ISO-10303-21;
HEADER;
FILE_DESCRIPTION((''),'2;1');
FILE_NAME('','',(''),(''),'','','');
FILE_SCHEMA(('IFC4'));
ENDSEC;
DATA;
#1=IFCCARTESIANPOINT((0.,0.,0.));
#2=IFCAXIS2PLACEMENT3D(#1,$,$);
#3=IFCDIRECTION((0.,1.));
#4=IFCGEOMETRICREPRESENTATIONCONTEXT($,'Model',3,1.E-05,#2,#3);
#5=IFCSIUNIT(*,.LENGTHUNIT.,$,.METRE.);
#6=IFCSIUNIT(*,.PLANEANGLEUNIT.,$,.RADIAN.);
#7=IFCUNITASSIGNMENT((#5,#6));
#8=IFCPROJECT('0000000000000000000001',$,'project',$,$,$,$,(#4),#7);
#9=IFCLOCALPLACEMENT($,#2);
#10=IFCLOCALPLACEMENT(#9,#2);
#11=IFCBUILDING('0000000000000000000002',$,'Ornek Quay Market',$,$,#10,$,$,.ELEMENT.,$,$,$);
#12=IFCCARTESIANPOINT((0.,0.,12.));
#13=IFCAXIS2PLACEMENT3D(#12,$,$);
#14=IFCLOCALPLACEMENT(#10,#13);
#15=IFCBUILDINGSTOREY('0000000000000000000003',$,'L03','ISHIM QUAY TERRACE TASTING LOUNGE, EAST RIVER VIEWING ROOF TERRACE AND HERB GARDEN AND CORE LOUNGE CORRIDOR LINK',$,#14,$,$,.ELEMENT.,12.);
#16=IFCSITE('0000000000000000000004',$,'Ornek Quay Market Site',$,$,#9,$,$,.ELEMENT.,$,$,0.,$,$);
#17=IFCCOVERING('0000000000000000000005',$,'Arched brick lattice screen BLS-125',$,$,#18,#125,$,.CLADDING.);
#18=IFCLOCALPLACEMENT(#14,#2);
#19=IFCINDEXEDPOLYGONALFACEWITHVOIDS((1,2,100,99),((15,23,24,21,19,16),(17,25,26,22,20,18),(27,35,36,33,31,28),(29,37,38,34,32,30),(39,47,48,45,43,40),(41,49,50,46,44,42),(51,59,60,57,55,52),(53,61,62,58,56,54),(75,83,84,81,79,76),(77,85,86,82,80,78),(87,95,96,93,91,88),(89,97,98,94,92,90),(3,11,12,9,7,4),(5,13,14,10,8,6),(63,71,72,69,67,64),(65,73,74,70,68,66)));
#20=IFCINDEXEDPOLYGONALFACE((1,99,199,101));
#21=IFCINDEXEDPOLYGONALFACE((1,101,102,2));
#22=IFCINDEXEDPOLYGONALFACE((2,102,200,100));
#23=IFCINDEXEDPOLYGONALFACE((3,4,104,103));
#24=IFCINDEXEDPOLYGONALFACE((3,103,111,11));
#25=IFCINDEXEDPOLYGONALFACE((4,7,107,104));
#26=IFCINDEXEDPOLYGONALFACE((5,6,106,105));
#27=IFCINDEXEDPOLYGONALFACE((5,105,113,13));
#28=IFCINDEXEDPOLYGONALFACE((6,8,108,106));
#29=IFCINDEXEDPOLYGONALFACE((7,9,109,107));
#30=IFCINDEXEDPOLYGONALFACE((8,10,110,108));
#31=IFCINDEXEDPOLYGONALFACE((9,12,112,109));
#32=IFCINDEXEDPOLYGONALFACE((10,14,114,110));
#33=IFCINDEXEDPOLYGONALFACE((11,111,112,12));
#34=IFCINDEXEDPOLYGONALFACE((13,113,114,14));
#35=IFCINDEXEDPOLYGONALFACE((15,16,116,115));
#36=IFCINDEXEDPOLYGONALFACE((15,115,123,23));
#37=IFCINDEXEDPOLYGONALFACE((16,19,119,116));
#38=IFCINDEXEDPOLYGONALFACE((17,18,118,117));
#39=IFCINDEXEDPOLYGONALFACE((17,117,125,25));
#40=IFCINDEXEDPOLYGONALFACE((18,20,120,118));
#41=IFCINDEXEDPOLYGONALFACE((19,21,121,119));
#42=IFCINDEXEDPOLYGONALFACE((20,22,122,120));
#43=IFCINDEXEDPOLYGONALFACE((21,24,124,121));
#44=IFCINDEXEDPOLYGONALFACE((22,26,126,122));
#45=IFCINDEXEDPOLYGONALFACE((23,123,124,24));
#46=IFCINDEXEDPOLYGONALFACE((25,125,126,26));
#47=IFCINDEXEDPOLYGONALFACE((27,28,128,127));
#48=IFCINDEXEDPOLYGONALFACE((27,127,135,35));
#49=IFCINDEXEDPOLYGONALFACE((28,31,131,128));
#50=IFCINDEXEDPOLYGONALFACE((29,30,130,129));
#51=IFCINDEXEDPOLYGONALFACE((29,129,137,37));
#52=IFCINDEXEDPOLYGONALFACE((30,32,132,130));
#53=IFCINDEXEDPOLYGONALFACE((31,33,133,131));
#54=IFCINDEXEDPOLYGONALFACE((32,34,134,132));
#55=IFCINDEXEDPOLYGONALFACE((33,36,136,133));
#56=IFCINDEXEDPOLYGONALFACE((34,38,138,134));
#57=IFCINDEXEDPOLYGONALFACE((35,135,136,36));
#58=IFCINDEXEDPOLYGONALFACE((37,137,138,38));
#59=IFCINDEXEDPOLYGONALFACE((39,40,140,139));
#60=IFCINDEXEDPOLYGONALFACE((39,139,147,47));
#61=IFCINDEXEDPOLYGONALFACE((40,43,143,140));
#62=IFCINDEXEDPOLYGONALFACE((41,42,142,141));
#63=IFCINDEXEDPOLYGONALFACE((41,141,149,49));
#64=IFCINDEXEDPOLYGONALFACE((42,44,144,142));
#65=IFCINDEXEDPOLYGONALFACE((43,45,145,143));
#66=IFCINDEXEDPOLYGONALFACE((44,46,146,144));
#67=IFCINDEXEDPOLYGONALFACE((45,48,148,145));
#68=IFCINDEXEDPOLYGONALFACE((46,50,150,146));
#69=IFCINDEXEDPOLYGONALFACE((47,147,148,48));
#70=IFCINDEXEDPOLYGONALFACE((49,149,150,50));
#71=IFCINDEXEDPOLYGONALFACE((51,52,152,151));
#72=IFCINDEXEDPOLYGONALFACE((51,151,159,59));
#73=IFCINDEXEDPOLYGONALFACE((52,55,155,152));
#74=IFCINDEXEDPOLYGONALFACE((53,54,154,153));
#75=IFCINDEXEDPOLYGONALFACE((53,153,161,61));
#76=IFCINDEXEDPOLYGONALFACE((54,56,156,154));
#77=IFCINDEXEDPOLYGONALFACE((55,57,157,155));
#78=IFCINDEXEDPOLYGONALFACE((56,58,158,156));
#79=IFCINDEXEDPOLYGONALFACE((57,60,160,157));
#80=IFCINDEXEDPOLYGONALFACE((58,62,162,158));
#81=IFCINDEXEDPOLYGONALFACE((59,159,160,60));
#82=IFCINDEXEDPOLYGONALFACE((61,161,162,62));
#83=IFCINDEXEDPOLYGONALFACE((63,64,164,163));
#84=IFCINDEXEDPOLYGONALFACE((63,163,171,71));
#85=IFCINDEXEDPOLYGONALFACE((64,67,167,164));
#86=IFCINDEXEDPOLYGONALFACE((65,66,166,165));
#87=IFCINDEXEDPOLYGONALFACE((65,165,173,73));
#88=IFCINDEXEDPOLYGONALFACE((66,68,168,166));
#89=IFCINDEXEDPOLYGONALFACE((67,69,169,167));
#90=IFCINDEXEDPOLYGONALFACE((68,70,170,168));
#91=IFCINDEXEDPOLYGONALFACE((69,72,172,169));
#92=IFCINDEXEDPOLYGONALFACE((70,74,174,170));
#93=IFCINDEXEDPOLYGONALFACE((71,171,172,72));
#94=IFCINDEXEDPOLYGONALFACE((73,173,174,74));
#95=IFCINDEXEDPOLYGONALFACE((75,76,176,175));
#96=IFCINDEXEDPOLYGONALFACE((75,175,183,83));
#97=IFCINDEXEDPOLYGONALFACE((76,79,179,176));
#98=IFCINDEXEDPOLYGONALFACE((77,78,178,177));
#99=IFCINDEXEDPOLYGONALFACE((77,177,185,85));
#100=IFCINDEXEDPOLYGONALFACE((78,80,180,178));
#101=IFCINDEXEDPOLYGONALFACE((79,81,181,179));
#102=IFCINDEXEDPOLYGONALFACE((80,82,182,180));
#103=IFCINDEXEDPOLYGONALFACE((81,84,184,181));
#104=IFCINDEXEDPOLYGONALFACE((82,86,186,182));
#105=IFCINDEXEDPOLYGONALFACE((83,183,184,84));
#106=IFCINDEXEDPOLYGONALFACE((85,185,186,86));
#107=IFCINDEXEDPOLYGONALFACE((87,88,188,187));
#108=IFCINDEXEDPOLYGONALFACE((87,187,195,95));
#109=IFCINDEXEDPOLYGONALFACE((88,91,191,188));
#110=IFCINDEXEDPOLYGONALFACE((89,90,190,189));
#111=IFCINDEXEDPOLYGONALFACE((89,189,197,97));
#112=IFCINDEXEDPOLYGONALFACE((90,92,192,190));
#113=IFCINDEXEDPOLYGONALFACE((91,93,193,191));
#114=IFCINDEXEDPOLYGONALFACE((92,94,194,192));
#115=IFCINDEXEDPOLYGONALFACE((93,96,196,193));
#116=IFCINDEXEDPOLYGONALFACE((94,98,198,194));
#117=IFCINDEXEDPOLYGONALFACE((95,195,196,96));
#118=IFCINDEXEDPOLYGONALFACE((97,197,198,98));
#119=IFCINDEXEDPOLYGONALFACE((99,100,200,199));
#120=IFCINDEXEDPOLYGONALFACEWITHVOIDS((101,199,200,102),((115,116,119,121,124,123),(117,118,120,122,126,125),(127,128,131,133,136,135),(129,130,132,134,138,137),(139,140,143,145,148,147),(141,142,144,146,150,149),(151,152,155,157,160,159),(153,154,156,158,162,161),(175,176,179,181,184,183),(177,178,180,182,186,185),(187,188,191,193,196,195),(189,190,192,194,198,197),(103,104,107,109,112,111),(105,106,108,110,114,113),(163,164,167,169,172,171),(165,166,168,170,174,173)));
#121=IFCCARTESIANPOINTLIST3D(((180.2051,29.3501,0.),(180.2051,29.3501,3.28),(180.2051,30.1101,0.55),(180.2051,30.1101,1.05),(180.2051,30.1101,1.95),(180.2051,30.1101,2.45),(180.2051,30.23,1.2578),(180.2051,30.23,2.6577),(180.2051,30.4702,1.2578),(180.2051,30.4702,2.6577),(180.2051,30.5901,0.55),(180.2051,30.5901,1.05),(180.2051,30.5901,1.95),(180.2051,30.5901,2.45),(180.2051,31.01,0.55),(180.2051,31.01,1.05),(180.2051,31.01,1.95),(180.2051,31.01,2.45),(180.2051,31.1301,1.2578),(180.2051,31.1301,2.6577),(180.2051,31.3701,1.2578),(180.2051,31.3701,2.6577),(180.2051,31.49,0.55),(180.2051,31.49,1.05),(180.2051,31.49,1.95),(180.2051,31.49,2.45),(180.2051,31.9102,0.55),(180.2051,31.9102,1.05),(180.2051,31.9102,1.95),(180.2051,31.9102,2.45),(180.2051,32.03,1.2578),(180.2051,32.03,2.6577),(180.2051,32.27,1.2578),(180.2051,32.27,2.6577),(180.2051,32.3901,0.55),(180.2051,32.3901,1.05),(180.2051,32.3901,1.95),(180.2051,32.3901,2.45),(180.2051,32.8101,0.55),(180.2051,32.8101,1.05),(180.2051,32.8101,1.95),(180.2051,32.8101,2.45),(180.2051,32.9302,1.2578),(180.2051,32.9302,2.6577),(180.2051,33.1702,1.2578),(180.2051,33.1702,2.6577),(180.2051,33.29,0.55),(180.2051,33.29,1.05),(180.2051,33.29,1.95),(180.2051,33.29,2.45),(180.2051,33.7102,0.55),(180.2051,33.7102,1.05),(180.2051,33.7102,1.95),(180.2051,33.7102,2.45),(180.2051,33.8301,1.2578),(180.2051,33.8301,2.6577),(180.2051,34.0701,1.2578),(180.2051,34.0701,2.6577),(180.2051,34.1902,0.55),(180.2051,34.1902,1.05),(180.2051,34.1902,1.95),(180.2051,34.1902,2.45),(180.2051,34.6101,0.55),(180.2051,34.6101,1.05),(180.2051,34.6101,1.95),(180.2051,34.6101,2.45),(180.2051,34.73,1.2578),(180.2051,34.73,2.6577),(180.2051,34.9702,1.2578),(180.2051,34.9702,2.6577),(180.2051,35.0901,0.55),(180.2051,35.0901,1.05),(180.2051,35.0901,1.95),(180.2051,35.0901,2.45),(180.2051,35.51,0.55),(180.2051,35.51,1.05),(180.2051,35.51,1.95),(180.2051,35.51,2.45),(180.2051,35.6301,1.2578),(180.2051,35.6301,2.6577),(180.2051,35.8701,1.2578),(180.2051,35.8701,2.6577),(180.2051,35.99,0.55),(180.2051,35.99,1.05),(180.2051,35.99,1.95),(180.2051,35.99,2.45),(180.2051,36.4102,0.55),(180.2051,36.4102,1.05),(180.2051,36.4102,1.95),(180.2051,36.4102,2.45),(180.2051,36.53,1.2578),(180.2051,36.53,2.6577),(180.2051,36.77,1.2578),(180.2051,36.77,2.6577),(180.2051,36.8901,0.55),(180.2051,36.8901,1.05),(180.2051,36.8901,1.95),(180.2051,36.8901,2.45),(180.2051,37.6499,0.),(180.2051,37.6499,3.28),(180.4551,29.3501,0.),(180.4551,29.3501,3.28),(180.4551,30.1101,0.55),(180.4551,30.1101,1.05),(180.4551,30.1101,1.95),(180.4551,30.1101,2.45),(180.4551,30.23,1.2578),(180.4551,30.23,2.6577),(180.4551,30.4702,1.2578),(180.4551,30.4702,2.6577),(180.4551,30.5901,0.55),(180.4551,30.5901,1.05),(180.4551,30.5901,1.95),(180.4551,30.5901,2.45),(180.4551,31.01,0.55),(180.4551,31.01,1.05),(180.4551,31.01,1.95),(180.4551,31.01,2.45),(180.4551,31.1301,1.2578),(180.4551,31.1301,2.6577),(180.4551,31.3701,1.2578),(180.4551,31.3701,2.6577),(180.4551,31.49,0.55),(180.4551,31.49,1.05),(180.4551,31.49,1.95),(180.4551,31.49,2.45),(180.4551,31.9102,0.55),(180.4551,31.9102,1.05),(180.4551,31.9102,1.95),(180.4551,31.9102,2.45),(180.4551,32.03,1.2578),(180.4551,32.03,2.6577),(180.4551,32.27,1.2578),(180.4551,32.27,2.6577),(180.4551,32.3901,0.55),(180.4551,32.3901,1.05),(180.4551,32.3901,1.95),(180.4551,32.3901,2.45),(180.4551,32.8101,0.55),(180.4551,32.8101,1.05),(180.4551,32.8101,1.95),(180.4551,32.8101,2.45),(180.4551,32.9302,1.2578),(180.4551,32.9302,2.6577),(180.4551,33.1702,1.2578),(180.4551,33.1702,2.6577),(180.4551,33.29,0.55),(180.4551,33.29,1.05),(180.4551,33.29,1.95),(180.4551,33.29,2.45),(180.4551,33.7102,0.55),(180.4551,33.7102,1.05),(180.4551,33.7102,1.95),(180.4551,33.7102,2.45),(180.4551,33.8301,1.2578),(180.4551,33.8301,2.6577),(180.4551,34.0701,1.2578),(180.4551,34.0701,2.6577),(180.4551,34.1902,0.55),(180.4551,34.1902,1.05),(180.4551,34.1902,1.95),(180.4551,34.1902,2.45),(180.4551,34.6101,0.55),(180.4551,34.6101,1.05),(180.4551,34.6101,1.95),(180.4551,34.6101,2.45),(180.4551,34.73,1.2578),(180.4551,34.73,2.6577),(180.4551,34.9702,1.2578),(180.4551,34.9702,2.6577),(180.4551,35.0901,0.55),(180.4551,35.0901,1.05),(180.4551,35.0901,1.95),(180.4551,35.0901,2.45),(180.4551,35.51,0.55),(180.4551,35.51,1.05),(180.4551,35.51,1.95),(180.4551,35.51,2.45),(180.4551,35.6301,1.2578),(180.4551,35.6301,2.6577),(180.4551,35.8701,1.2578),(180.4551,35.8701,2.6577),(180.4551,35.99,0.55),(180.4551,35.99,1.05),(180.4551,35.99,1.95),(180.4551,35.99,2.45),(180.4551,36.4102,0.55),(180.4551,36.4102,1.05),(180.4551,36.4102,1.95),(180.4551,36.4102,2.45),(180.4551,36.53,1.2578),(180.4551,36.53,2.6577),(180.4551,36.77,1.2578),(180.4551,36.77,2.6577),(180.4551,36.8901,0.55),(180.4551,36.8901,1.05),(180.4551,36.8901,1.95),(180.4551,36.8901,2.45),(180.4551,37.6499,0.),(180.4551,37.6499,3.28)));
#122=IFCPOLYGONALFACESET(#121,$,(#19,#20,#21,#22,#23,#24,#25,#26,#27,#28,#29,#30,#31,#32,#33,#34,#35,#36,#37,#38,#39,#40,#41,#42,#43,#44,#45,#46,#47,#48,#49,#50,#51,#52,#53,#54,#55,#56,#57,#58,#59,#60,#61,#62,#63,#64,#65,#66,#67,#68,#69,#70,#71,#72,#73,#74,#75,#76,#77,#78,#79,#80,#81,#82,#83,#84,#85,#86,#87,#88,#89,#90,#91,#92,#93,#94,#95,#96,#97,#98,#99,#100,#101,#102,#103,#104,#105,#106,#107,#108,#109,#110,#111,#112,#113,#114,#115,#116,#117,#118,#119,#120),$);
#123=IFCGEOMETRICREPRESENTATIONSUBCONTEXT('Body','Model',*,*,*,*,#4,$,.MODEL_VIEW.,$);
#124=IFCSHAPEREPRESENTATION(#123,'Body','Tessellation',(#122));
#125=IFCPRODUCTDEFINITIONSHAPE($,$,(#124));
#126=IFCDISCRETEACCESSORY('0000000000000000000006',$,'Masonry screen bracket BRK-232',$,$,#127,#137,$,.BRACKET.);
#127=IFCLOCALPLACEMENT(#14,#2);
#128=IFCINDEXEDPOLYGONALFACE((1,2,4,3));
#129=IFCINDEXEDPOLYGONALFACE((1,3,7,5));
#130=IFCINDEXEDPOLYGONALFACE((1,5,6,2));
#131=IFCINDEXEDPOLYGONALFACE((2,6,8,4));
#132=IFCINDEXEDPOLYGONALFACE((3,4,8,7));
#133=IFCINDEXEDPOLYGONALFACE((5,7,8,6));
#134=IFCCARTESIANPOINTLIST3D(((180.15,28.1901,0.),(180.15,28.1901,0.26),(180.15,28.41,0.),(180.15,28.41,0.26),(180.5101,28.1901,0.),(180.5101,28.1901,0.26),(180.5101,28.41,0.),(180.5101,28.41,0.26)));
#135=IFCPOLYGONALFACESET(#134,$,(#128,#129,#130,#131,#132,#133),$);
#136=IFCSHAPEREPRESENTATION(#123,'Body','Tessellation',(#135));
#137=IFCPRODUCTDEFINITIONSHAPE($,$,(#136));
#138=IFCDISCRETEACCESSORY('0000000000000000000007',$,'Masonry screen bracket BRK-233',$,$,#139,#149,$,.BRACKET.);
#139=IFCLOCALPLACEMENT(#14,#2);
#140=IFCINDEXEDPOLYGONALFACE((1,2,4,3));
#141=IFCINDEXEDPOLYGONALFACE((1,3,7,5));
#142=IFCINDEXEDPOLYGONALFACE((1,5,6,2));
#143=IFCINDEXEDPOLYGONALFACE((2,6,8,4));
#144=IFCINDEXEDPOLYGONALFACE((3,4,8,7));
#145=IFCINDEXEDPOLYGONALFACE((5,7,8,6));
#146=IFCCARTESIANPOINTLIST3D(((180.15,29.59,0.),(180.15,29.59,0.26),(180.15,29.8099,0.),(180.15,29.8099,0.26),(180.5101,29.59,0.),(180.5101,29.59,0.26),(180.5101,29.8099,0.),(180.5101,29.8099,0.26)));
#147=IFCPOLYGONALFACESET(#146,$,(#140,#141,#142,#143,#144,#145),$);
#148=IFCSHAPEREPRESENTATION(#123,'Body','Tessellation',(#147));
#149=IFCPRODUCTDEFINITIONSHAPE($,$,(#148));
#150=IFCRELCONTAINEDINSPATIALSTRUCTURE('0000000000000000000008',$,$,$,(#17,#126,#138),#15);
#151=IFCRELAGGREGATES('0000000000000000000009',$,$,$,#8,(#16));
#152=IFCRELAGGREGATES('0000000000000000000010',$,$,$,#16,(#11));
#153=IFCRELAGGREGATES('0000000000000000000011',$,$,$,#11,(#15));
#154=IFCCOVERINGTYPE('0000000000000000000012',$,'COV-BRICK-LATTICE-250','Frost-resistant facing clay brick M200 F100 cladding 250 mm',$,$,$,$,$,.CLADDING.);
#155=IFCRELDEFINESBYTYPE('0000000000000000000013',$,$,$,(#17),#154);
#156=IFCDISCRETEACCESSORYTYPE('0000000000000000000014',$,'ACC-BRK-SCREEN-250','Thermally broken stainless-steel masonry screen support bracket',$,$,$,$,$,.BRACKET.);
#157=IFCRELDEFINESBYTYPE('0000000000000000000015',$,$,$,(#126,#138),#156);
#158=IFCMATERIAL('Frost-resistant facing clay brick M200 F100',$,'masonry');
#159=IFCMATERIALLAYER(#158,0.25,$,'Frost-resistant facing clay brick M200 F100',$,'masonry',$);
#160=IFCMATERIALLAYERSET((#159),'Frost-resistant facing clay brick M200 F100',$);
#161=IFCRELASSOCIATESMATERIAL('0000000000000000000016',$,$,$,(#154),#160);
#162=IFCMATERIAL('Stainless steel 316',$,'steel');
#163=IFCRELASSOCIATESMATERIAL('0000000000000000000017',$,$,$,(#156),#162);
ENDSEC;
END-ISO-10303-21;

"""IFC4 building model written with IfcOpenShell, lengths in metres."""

from ifc_helpers import new_model, si_unit, direction, frame, origin, origin_2d, place, context, subcontext, project, spatial, polyline, rectangle, outline, extrude, material, layer, layer_set, type_object, element, save


model = new_model("IFC4")

# Units and contexts
model_context = context("Model", 3, precision=1e-05, world=origin(), true_north=direction((0.0, 1.0)))
body_context = subcontext(model_context, "Body", "Model", "MODEL_VIEW")
ifc_project = project(units=[si_unit("LENGTHUNIT", "METRE"), si_unit("PLANEANGLEUNIT", "RADIAN")], contexts=[model_context])

# Site, building, storey
site_placement = place(None, origin())
site = spatial("IfcSite", under=ifc_project, at=site_placement, Name="Ornek Quay Market Site", CompositionType="ELEMENT", RefElevation=0.0)
building_placement = place(site_placement, origin())
building = spatial("IfcBuilding", under=site, at=building_placement, Name="Ornek Quay Market", CompositionType="ELEMENT")
storey_placement = place(building_placement, frame((0.0, 0.0, 12.0)))
storey = spatial("IfcBuildingStorey", under=building, at=storey_placement, Name="L03", Description="ISHIM QUAY TERRACE TASTING LOUNGE, EAST RIVER VIEWING ROOF TERRACE AND HERB GARDEN AND CORE LOUNGE CORRIDOR LINK", CompositionType="ELEMENT", Elevation=12.0)

# Shared definitions
ifc_material_1 = material(Name="Frost-resistant facing clay brick M200 F100", Category="masonry")

# Covering
ifc_layer_1 = layer(ifc_material_1, 0.25, Name="Frost-resistant facing clay brick M200 F100", Category="masonry")
ifc_layer_set_1 = layer_set([ifc_layer_1], Name="Frost-resistant facing clay brick M200 F100")
covering_type = type_object("IfcCoveringType", Name="COV-BRICK-LATTICE-250", Description="Frost-resistant facing clay brick M200 F100 cladding 250 mm", PredefinedType="CLADDING", material=ifc_layer_set_1)
covering_placement = place(storey_placement, frame((180.3301, 29.3501, 0.0), z_axis=(0.0, 0.0, 1.0), x_axis=(0.0, 1.0, 0.0)))
element("IfcCovering", 1, at=covering_placement, inside=storey, type_object=covering_type, Name="Arched brick lattice screen BLS-125", PredefinedType="CLADDING", context=body_context, shape_type="SweptSolid", body=[
    extrude(outline(polyline([(0.0, 0.0), (8.2998, 0.0), (8.2998, 3.28), (0.0, 3.28), (0.0, 0.0)]), holes=[polyline([(0.76, 0.55), (1.24, 0.55), (1.24, 1.05), (1.1201, 1.2578), (0.8799, 1.2578), (0.76, 1.05), (0.76, 0.55)]), polyline([(0.76, 1.95), (1.24, 1.95), (1.24, 2.45), (1.1201, 2.6577), (0.8799, 2.6577), (0.76, 2.45), (0.76, 1.95)]), polyline([(1.6599, 0.55), (2.1399, 0.55), (2.1399, 1.05), (2.02, 1.2578), (1.78, 1.2578), (1.6599, 1.05), (1.6599, 0.55)]), polyline([(1.6599, 1.95), (2.1399, 1.95), (2.1399, 2.45), (2.02, 2.6577), (1.78, 2.6577), (1.6599, 2.45), (1.6599, 1.95)]), polyline([(2.5601, 0.55), (3.04, 0.55), (3.04, 1.05), (2.9199, 1.2578), (2.6799, 1.2578), (2.5601, 1.05), (2.5601, 0.55)]), polyline([(2.5601, 1.95), (3.04, 1.95), (3.04, 2.45), (2.9199, 2.6577), (2.6799, 2.6577), (2.5601, 2.45), (2.5601, 1.95)]), polyline([(3.46, 0.55), (3.9399, 0.55), (3.9399, 1.05), (3.8201, 1.2578), (3.5801, 1.2578), (3.46, 1.05), (3.46, 0.55)]), polyline([(3.46, 1.95), (3.9399, 1.95), (3.9399, 2.45), (3.8201, 2.6577), (3.5801, 2.6577), (3.46, 2.45), (3.46, 1.95)]), polyline([(4.3601, 0.55), (4.8401, 0.55), (4.8401, 1.05), (4.72, 1.2578), (4.48, 1.2578), (4.3601, 1.05), (4.3601, 0.55)]), polyline([(4.3601, 1.95), (4.8401, 1.95), (4.8401, 2.45), (4.72, 2.6577), (4.48, 2.6577), (4.3601, 2.45), (4.3601, 1.95)]), polyline([(5.26, 0.55), (5.74, 0.55), (5.74, 1.05), (5.6201, 1.2578), (5.3799, 1.2578), (5.26, 1.05), (5.26, 0.55)]), polyline([(5.26, 1.95), (5.74, 1.95), (5.74, 2.45), (5.6201, 2.6577), (5.3799, 2.6577), (5.26, 2.45), (5.26, 1.95)]), polyline([(6.1599, 0.55), (6.6399, 0.55), (6.6399, 1.05), (6.52, 1.2578), (6.28, 1.2578), (6.1599, 1.05), (6.1599, 0.55)]), polyline([(6.1599, 1.95), (6.6399, 1.95), (6.6399, 2.45), (6.52, 2.6577), (6.28, 2.6577), (6.1599, 2.45), (6.1599, 1.95)]), polyline([(7.0601, 0.55), (7.54, 0.55), (7.54, 1.05), (7.4199, 1.2578), (7.1799, 1.2578), (7.0601, 1.05), (7.0601, 0.55)]), polyline([(7.0601, 1.95), (7.54, 1.95), (7.54, 2.45), (7.4199, 2.6577), (7.1799, 2.6577), (7.0601, 2.45), (7.0601, 1.95)])]), frame((0.0, 0.125, 0.0), z_axis=(0.0, -1.0, 0.0), x_axis=(1.0, 0.0, 0.0)), (0.0, 0.0, 1.0), 0.25),
])

# Discrete accessories
ifc_material_2 = material(Name="Stainless steel 316", Category="steel")
discrete_accessory_type = type_object("IfcDiscreteAccessoryType", Name="ACC-BRK-SCREEN-250", Description="Thermally broken stainless-steel masonry screen support bracket", PredefinedType="BRACKET", material=ifc_material_2)
for number, where, z_axis, x_axis, name in (
    (2, (180.3301, 28.3, 0.0), (0.0, 0.0, 1.0), (0.0, 1.0, 0.0), "Masonry screen bracket BRK-232"),
    (3, (180.3301, 29.7, 0.0), (0.0, 0.0, 1.0), (0.0, 1.0, 0.0), "Masonry screen bracket BRK-233"),
):
    element("IfcDiscreteAccessory", number, at=place(storey_placement, frame(where, z_axis=z_axis, x_axis=x_axis)), inside=storey, type_object=discrete_accessory_type, Name=name, PredefinedType="BRACKET", context=body_context, shape_type="SweptSolid", body=[
        extrude(rectangle(XDim=0.22, YDim=0.3601, at=origin_2d()), origin(), (0.0, 0.0, 1.0), 0.26),
    ])

save(model, "model.ifc")
